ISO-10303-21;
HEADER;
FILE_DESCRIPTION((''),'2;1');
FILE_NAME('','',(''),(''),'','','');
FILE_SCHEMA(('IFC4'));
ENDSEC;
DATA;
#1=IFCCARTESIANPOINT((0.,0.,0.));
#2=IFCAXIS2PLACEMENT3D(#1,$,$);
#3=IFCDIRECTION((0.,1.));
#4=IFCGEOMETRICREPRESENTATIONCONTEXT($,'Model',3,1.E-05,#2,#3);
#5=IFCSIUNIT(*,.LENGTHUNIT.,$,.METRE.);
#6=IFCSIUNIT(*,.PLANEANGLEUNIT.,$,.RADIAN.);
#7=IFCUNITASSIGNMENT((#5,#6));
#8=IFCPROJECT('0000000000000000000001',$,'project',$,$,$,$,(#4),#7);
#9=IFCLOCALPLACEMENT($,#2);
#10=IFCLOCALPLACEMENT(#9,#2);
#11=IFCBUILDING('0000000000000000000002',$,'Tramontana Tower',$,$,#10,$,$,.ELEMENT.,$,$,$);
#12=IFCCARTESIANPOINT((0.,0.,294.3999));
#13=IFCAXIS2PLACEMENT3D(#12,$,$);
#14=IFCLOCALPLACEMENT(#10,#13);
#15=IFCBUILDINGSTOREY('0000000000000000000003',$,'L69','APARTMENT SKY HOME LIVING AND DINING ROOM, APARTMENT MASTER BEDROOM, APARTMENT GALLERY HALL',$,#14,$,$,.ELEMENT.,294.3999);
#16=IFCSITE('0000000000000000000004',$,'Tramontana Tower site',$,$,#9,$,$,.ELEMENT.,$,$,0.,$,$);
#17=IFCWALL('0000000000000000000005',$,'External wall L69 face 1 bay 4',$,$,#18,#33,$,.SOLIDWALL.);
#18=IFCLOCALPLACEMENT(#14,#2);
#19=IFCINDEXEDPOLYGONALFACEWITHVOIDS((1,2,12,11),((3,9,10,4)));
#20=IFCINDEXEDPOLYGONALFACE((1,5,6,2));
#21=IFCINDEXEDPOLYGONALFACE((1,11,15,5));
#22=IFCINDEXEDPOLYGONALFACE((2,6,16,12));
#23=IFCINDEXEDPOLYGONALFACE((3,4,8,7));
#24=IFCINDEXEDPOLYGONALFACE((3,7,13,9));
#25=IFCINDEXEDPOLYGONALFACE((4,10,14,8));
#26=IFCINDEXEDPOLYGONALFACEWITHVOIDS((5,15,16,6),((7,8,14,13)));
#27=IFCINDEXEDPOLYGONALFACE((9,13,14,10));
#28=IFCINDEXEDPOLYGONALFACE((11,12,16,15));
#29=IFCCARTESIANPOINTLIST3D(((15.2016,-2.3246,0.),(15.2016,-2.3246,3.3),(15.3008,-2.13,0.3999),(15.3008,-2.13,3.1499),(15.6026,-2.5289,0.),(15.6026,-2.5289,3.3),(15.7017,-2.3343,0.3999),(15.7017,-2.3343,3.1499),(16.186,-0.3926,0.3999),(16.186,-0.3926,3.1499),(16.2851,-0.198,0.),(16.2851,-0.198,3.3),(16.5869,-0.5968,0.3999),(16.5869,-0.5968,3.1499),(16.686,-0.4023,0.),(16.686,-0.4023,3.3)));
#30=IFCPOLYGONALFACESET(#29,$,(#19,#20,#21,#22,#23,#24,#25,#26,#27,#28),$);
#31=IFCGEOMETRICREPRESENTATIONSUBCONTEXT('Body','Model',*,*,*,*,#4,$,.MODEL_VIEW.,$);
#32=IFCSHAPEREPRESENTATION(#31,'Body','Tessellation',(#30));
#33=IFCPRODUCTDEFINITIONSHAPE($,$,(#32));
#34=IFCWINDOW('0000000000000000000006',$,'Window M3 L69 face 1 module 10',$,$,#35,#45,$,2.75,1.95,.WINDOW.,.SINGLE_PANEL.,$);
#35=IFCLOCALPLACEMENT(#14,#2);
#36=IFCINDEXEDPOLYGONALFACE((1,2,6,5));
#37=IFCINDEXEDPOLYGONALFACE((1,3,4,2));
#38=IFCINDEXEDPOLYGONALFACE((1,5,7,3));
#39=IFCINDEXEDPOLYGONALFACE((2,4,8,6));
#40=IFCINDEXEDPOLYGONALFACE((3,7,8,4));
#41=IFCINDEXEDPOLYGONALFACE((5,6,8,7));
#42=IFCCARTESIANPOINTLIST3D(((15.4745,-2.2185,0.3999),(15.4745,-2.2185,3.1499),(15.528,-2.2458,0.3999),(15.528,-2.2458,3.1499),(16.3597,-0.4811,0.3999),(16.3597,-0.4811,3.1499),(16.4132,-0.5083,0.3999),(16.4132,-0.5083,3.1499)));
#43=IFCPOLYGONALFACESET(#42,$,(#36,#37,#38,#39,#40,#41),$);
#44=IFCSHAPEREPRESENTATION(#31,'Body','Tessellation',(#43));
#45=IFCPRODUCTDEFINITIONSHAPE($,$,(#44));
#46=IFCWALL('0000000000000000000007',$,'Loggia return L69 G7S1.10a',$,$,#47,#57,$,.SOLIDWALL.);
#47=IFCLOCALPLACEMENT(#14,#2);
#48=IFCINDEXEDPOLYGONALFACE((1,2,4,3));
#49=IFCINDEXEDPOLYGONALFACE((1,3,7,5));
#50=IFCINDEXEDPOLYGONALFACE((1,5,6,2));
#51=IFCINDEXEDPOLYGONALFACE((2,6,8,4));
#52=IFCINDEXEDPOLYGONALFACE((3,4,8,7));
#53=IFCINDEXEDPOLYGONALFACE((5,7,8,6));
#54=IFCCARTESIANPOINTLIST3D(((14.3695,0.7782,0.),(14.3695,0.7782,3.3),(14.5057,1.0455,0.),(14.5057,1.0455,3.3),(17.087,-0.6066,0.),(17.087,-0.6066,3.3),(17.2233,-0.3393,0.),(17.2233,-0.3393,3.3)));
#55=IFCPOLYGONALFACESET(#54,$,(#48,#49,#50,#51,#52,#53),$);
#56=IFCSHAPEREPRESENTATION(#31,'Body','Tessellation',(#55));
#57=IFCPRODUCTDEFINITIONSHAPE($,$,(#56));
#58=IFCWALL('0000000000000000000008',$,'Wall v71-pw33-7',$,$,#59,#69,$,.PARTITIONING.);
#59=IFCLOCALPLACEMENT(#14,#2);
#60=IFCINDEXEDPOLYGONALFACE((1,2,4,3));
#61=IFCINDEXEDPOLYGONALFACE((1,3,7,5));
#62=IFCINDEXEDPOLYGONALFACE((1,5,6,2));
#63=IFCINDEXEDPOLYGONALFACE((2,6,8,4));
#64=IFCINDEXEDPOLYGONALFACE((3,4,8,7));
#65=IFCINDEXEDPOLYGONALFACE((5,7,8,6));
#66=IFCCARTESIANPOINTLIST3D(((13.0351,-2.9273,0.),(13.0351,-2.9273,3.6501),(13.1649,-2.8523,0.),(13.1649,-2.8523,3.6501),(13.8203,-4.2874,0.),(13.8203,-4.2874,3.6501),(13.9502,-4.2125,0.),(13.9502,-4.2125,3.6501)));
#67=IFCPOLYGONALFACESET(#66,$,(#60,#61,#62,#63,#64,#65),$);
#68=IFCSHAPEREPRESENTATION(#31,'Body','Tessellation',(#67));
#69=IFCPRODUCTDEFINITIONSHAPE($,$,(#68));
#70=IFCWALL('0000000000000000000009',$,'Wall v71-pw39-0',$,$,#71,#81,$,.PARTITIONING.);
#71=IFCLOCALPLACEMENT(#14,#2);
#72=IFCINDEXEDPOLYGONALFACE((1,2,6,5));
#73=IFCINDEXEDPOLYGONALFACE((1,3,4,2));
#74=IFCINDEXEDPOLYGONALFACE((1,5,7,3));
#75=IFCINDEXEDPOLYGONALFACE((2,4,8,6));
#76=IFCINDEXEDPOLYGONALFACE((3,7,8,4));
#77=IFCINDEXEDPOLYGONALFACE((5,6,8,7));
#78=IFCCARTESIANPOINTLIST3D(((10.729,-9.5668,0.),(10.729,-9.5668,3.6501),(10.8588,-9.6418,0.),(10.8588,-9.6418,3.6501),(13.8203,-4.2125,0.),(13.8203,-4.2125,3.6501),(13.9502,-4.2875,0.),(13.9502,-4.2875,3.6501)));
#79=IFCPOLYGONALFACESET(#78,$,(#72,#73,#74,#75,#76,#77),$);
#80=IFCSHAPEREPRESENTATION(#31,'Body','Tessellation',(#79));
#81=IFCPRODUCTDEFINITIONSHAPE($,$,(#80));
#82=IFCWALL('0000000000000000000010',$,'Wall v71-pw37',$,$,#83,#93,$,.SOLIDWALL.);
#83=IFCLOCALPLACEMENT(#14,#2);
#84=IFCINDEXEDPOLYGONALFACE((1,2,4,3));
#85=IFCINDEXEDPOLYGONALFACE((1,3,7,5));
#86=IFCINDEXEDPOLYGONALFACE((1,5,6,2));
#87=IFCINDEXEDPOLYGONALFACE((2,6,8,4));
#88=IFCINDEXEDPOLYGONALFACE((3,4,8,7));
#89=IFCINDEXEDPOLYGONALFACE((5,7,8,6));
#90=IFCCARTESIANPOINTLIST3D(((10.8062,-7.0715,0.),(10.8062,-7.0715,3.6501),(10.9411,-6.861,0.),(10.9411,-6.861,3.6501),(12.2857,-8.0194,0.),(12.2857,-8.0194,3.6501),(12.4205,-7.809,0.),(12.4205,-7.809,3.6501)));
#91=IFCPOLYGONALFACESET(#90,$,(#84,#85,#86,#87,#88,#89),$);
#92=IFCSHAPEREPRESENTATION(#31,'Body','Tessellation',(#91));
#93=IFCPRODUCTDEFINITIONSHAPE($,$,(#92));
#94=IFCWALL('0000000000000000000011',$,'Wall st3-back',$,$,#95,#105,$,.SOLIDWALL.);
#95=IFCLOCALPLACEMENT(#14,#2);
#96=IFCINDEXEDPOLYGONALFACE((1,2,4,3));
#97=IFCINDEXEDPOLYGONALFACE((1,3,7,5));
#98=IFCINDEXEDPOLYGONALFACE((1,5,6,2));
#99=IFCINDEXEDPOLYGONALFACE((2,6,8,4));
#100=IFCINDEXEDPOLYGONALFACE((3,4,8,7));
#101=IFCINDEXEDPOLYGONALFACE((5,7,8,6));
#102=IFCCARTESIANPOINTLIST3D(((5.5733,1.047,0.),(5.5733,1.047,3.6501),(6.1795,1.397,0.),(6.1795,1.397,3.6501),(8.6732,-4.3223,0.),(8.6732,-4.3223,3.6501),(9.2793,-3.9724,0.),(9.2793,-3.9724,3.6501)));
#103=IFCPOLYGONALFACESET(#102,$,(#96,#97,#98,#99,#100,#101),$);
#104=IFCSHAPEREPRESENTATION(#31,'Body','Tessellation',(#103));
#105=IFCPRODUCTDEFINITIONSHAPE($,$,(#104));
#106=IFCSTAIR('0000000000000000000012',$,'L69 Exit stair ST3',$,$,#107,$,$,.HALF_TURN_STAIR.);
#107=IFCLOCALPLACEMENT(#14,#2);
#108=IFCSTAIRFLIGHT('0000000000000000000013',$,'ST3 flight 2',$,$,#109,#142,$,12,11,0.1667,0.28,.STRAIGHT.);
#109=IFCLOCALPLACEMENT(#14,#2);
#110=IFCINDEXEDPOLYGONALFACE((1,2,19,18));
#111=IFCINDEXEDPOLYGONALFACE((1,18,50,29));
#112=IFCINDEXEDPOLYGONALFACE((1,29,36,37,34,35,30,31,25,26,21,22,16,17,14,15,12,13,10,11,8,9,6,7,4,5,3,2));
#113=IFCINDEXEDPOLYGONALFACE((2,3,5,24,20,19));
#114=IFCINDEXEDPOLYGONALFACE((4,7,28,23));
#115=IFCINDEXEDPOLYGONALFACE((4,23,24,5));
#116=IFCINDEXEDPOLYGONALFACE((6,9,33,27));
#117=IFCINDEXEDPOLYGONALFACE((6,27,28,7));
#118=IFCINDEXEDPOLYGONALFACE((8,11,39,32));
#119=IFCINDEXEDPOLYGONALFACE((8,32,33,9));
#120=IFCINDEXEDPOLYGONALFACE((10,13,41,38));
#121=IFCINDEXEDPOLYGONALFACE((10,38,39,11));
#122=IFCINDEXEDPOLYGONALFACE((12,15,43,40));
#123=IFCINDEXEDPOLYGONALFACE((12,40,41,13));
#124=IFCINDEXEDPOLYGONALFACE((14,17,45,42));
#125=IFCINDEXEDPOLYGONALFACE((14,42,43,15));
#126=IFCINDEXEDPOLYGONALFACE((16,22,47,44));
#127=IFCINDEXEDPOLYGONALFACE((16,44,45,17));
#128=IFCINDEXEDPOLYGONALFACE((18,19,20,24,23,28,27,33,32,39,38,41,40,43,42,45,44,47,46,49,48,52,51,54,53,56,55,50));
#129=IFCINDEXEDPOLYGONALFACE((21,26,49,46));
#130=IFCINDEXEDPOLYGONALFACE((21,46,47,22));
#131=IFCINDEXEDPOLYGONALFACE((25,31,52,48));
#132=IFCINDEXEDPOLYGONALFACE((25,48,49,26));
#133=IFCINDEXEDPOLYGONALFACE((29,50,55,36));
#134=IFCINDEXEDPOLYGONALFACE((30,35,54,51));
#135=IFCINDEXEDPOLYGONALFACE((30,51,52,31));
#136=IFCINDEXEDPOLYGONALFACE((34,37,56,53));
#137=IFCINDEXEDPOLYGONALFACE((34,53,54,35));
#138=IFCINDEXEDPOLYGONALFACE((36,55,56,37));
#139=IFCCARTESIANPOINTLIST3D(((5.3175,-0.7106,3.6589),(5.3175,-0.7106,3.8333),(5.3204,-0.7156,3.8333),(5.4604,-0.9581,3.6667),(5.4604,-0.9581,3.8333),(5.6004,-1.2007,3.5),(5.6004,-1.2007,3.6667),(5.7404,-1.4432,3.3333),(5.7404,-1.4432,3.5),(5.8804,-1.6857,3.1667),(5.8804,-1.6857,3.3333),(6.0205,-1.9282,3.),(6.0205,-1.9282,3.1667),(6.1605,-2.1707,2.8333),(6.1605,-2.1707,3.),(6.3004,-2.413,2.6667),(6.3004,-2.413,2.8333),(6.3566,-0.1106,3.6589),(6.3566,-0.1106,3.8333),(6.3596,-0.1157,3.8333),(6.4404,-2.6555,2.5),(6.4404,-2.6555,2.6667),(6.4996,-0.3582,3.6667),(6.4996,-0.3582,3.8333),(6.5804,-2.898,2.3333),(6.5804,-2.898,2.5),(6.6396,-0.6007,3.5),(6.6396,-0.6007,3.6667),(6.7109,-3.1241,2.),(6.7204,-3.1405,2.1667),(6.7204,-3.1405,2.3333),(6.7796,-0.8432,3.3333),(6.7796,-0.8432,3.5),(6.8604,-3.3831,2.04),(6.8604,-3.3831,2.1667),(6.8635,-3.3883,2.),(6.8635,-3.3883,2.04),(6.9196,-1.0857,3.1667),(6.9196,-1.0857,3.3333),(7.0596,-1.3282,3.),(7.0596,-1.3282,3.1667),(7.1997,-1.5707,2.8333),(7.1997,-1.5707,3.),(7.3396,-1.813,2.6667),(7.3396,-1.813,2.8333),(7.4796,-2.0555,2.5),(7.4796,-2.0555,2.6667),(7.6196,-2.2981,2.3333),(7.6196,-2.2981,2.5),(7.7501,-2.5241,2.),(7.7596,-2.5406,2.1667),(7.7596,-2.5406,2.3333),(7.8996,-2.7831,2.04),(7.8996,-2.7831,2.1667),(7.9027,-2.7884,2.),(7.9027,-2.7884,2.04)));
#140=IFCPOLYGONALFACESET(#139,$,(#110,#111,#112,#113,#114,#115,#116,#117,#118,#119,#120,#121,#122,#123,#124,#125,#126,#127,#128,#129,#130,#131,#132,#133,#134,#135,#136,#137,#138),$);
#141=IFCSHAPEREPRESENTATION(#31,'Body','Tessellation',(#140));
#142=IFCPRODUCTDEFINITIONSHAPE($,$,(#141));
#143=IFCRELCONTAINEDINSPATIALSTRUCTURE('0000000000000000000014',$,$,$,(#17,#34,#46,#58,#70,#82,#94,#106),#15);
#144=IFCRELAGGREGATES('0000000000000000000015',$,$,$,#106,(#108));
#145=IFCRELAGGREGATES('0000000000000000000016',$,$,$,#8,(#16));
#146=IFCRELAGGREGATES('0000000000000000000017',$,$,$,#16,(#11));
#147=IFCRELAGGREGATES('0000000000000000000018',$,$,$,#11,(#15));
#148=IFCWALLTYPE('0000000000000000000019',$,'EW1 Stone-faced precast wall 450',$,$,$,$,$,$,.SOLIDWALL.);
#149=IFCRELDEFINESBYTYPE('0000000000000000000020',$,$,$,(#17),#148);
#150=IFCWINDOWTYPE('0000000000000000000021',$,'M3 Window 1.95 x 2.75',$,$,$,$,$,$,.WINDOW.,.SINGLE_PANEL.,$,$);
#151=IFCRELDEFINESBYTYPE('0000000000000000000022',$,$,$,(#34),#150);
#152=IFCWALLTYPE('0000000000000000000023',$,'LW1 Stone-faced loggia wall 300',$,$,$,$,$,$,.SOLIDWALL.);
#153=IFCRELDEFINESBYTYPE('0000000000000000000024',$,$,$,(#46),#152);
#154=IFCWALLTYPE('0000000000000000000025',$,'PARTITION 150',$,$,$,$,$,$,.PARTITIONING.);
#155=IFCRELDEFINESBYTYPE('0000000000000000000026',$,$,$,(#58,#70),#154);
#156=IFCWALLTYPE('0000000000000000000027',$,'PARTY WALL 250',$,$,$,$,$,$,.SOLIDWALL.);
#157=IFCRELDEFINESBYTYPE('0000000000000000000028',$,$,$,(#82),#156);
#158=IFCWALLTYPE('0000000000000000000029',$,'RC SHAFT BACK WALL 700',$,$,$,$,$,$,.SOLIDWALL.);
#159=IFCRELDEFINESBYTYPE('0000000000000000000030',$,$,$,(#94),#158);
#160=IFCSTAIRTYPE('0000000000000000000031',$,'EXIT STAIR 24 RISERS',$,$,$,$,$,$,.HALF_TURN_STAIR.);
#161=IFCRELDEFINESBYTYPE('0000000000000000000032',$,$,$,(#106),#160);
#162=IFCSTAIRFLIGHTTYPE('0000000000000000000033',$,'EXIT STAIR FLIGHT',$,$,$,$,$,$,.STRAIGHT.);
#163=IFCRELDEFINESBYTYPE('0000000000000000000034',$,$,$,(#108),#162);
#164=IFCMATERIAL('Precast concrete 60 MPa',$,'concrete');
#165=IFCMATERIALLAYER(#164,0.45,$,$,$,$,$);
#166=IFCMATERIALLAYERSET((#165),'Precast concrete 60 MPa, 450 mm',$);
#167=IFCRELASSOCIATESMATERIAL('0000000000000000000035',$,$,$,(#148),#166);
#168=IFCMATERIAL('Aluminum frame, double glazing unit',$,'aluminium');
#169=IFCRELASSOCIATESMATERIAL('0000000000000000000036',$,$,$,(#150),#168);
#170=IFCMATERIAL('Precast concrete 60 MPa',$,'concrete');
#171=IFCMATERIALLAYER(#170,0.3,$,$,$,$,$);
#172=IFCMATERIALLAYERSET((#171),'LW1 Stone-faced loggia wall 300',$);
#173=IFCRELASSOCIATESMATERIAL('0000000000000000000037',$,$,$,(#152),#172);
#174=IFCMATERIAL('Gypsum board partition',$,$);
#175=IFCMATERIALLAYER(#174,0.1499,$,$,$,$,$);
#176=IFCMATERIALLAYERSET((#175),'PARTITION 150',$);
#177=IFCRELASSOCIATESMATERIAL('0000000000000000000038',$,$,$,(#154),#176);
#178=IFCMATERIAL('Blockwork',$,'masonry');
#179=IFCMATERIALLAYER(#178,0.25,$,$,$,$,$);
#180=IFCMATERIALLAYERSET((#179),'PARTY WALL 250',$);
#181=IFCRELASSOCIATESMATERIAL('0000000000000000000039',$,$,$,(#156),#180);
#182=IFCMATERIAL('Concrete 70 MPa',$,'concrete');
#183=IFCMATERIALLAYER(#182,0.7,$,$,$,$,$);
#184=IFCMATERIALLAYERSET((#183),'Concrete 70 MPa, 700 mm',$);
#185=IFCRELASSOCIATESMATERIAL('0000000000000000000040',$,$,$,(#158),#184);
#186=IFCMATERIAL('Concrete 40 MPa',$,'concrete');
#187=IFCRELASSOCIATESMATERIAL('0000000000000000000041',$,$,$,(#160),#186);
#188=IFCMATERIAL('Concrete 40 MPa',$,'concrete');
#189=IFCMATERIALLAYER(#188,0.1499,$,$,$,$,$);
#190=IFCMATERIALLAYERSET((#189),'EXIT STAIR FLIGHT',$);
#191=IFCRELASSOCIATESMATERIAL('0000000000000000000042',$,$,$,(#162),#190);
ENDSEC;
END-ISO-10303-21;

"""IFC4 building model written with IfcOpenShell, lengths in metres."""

from ifc_helpers import new_model, si_unit, direction, frame, frame_2d, origin, place, context, subcontext, project, spatial, polyline, rectangle, outline, extrude, material, layer, layer_set, type_object, element, fill, aggregate, save


model = new_model("IFC4")

# Units and contexts
model_context = context("Model", 3, precision=1e-05, world=origin(), true_north=direction((0.0, 1.0)))
body_context = subcontext(model_context, "Body", "Model", "MODEL_VIEW")
ifc_project = project(units=[si_unit("LENGTHUNIT", "METRE"), si_unit("PLANEANGLEUNIT", "RADIAN")], contexts=[model_context])

# Site, building, storey
site_placement = place(None, origin())
site = spatial("IfcSite", under=ifc_project, at=site_placement, Name="Tramontana Tower site", CompositionType="ELEMENT", RefElevation=0.0)
building_placement = place(site_placement, origin())
building = spatial("IfcBuilding", under=site, at=building_placement, Name="Tramontana Tower", CompositionType="ELEMENT")
storey_placement = place(building_placement, frame((0.0, 0.0, 294.3999)))
storey = spatial("IfcBuildingStorey", under=building, at=storey_placement, Name="L69", Description="APARTMENT SKY HOME LIVING AND DINING ROOM, APARTMENT MASTER BEDROOM, APARTMENT GALLERY HALL", CompositionType="ELEMENT", Elevation=294.3999)

# Wall, opening, window
ifc_material_1 = material(Name="Precast concrete 60 MPa", Category="concrete")
ifc_layer_1 = layer(ifc_material_1, 0.45)
ifc_layer_set_1 = layer_set([ifc_layer_1], Name="Precast concrete 60 MPa, 450 mm")
wall_type_1 = type_object("IfcWallType", Name="EW1 Stone-faced precast wall 450", PredefinedType="SOLIDWALL", material=ifc_layer_set_1)
wall_1_placement = place(storey_placement, frame((15.4021, -2.4268, 0.0), z_axis=(0.0, 0.0, 1.0), x_axis=(0.453952, 0.891026, 0.0)))
wall_1 = element("IfcWall", 1, at=wall_1_placement, inside=storey, type_object=wall_type_1, Name="External wall L69 face 1 bay 4", PredefinedType="SOLIDWALL", context=body_context, shape_type="SweptSolid", body=[
    extrude(rectangle(XDim=2.3867, YDim=0.45, at=frame_2d((1.1934, 0.0))), origin(), (0.0, 0.0, 1.0), 3.3),
])
opening_1_placement = place(wall_1_placement, frame((0.2183, 0.0, 0.3999)))
opening_1 = element("IfcOpeningElement", 2, at=opening_1_placement, cuts=wall_1, PredefinedType="OPENING", context=body_context, shape_type="SweptSolid", body=[
    extrude(rectangle(XDim=1.95, YDim=2.75, at=frame_2d((0.9751, 1.375))), frame((0.0, 0.2349, 0.0), z_axis=(0.0, -1.0, 0.0), x_axis=(1.0, 0.0, 0.0)), (0.0, 0.0, 1.0), 0.47),
])
ifc_material_2 = material(Name="Aluminum frame, double glazing unit", Category="aluminium")
window_type = type_object("IfcWindowType", Name="M3 Window 1.95 x 2.75", PartitioningType="SINGLE_PANEL", PredefinedType="WINDOW", material=ifc_material_2)
window_placement = place(opening_1_placement, origin())
window = element("IfcWindow", 3, at=window_placement, inside=storey, type_object=window_type, Name="Window M3 L69 face 1 module 10", OverallHeight=2.75, OverallWidth=1.95, PartitioningType="SINGLE_PANEL", PredefinedType="WINDOW", context=body_context, shape_type="SweptSolid", body=[
    extrude(rectangle(XDim=1.95, YDim=2.75, at=frame_2d((0.9751, 1.375))), frame((0.0, 0.03, 0.0), z_axis=(0.0, -1.0, 0.0), x_axis=(1.0, 0.0, 0.0)), (0.0, 0.0, 1.0), 0.0601),
])
fill(opening_1, window)

# Wall
ifc_material_3 = material(Name="Precast concrete 60 MPa", Category="concrete")
ifc_layer_2 = layer(ifc_material_3, 0.3)
ifc_layer_set_2 = layer_set([ifc_layer_2], Name="LW1 Stone-faced loggia wall 300")
wall_type_2 = type_object("IfcWallType", Name="LW1 Stone-faced loggia wall 300", PredefinedType="SOLIDWALL", material=ifc_layer_set_2)
wall_2_placement = place(storey_placement, frame((17.155, -0.4729, 0.0), z_axis=(0.0, 0.0, 1.0), x_axis=(-0.890991, 0.454021, 0.0)))
element("IfcWall", 4, at=wall_2_placement, inside=storey, type_object=wall_type_2, Name="Loggia return L69 G7S1.10a", PredefinedType="SOLIDWALL", context=body_context, shape_type="SweptSolid", body=[
    extrude(rectangle(XDim=3.05, YDim=0.3, at=frame_2d((1.5249, 0.0))), origin(), (0.0, 0.0, 1.0), 3.3),
])

# Shared definitions
ifc_material_4 = material(Name="Gypsum board partition")
ifc_layer_3 = layer(ifc_material_4, 0.1499)
ifc_layer_set_3 = layer_set([ifc_layer_3], Name="PARTITION 150")
wall_type_3 = type_object("IfcWallType", Name="PARTITION 150", PredefinedType="PARTITIONING", material=ifc_layer_set_3)

# Walls
wall_3_placement = place(storey_placement, frame((13.1001, -2.8899, 0.0), z_axis=(0.0, 0.0, 1.0), x_axis=(0.499951, -0.866054, 0.0)))
element("IfcWall", 5, at=wall_3_placement, inside=storey, type_object=wall_type_3, Name="Wall v71-pw33-7", PredefinedType="PARTITIONING", context=body_context, shape_type="SweptSolid", body=[
    extrude(rectangle(XDim=1.5706, YDim=0.1499, at=frame_2d((0.7852, 0.0))), origin(), (0.0, 0.0, 1.0), 3.6501),
])
wall_4_placement = place(storey_placement, frame((13.8853, -4.25, 0.0), z_axis=(0.0, 0.0, 1.0), x_axis=(-0.500004, -0.866023, 0.0)))
element("IfcWall", 6, at=wall_4_placement, inside=storey, type_object=wall_type_3, Name="Wall v71-pw39-0", PredefinedType="PARTITIONING", context=body_context, shape_type="SweptSolid", body=[
    extrude(rectangle(XDim=6.1826, YDim=0.1499, at=frame_2d((3.0913, 0.0))), origin(), (0.0, 0.0, 1.0), 3.6501),
])
ifc_material_5 = material(Name="Blockwork", Category="masonry")
ifc_layer_4 = layer(ifc_material_5, 0.25)
ifc_layer_set_4 = layer_set([ifc_layer_4], Name="PARTY WALL 250")
wall_type_4 = type_object("IfcWallType", Name="PARTY WALL 250", PredefinedType="SOLIDWALL", material=ifc_layer_set_4)
wall_5_placement = place(storey_placement, frame((10.8738, -6.9663, 0.0), z_axis=(0.0, 0.0, 1.0), x_axis=(0.841981, -0.539507, 0.0)))
element("IfcWall", 7, at=wall_5_placement, inside=storey, type_object=wall_type_4, Name="Wall v71-pw37", PredefinedType="SOLIDWALL", context=body_context, shape_type="SweptSolid", body=[
    extrude(rectangle(XDim=1.7571, YDim=0.25, at=frame_2d((0.8784, 0.0))), origin(), (0.0, 0.0, 1.0), 3.6501),
])
ifc_material_6 = material(Name="Concrete 70 MPa", Category="concrete")
ifc_layer_5 = layer(ifc_material_6, 0.7)
ifc_layer_set_5 = layer_set([ifc_layer_5], Name="Concrete 70 MPa, 700 mm")
wall_type_5 = type_object("IfcWallType", Name="RC SHAFT BACK WALL 700", PredefinedType="SOLIDWALL", material=ifc_layer_set_5)
wall_6_placement = place(storey_placement, frame((8.9763, -4.1475, 0.0), z_axis=(0.0, 0.0, 1.0), x_axis=(-0.49998, 0.866037, 0.0)))
element("IfcWall", 8, at=wall_6_placement, inside=storey, type_object=wall_type_5, Name="Wall st3-back", PredefinedType="SOLIDWALL", context=body_context, shape_type="SweptSolid", body=[
    extrude(rectangle(XDim=6.2, YDim=0.7, at=frame_2d((3.1001, 0.0))), origin(), (0.0, 0.0, 1.0), 3.6501),
])

# Stair, stair flight
ifc_material_7 = material(Name="Concrete 40 MPa", Category="concrete")
stair_type = type_object("IfcStairType", Name="EXIT STAIR 24 RISERS", PredefinedType="HALF_TURN_STAIR", material=ifc_material_7)
stair_placement = place(storey_placement, origin())
stair = element("IfcStair", 9, at=stair_placement, inside=storey, type_object=stair_type, Name="L69 Exit stair ST3", PredefinedType="HALF_TURN_STAIR")
ifc_material_8 = material(Name="Concrete 40 MPa", Category="concrete")
ifc_layer_6 = layer(ifc_material_8, 0.1499)
ifc_layer_set_6 = layer_set([ifc_layer_6], Name="EXIT STAIR FLIGHT")
stair_flight_type = type_object("IfcStairFlightType", Name="EXIT STAIR FLIGHT", PredefinedType="STRAIGHT", material=ifc_layer_set_6)
stair_flight_placement = place(storey_placement, frame((7.3801, -3.083, 2.0), z_axis=(0.0, 0.0, 1.0), x_axis=(-0.5, 0.866025, 0.0)))
stair_flight = element("IfcStairFlight", 10, at=stair_flight_placement, type_object=stair_flight_type, Name="ST3 flight 2", NumberOfRisers=12, NumberOfTreads=11, PredefinedType="STRAIGHT", RiserHeight=0.1667, TreadLength=0.28, context=body_context, shape_type="SweptSolid", body=[
    extrude(outline(polyline([(-0.0061, 0.0), (-0.0061, 0.04), (0.0, 0.04), (0.0, 0.1667), (0.28, 0.1667), (0.28, 0.3333), (0.5601, 0.3333), (0.5601, 0.5), (0.8401, 0.5), (0.8401, 0.6667), (1.1201, 0.6667), (1.1201, 0.8333), (1.3999, 0.8333), (1.3999, 1.0), (1.6799, 1.0), (1.6799, 1.1667), (1.96, 1.1667), (1.96, 1.3333), (2.24, 1.3333), (2.24, 1.5), (2.52, 1.5), (2.52, 1.6667), (2.8, 1.6667), (2.8, 1.8333), (3.0801, 1.8333), (3.0859, 1.8333), (3.0859, 1.6589), (0.2991, 0.0), (-0.0061, 0.0)])), frame((0.0, 0.6001, 0.0), z_axis=(0.0, -1.0, 0.0), x_axis=(1.0, 0.0, 0.0)), (0.0, 0.0, 1.0), 1.2),
])
aggregate(stair, [stair_flight])

save(model, "model.ifc")
